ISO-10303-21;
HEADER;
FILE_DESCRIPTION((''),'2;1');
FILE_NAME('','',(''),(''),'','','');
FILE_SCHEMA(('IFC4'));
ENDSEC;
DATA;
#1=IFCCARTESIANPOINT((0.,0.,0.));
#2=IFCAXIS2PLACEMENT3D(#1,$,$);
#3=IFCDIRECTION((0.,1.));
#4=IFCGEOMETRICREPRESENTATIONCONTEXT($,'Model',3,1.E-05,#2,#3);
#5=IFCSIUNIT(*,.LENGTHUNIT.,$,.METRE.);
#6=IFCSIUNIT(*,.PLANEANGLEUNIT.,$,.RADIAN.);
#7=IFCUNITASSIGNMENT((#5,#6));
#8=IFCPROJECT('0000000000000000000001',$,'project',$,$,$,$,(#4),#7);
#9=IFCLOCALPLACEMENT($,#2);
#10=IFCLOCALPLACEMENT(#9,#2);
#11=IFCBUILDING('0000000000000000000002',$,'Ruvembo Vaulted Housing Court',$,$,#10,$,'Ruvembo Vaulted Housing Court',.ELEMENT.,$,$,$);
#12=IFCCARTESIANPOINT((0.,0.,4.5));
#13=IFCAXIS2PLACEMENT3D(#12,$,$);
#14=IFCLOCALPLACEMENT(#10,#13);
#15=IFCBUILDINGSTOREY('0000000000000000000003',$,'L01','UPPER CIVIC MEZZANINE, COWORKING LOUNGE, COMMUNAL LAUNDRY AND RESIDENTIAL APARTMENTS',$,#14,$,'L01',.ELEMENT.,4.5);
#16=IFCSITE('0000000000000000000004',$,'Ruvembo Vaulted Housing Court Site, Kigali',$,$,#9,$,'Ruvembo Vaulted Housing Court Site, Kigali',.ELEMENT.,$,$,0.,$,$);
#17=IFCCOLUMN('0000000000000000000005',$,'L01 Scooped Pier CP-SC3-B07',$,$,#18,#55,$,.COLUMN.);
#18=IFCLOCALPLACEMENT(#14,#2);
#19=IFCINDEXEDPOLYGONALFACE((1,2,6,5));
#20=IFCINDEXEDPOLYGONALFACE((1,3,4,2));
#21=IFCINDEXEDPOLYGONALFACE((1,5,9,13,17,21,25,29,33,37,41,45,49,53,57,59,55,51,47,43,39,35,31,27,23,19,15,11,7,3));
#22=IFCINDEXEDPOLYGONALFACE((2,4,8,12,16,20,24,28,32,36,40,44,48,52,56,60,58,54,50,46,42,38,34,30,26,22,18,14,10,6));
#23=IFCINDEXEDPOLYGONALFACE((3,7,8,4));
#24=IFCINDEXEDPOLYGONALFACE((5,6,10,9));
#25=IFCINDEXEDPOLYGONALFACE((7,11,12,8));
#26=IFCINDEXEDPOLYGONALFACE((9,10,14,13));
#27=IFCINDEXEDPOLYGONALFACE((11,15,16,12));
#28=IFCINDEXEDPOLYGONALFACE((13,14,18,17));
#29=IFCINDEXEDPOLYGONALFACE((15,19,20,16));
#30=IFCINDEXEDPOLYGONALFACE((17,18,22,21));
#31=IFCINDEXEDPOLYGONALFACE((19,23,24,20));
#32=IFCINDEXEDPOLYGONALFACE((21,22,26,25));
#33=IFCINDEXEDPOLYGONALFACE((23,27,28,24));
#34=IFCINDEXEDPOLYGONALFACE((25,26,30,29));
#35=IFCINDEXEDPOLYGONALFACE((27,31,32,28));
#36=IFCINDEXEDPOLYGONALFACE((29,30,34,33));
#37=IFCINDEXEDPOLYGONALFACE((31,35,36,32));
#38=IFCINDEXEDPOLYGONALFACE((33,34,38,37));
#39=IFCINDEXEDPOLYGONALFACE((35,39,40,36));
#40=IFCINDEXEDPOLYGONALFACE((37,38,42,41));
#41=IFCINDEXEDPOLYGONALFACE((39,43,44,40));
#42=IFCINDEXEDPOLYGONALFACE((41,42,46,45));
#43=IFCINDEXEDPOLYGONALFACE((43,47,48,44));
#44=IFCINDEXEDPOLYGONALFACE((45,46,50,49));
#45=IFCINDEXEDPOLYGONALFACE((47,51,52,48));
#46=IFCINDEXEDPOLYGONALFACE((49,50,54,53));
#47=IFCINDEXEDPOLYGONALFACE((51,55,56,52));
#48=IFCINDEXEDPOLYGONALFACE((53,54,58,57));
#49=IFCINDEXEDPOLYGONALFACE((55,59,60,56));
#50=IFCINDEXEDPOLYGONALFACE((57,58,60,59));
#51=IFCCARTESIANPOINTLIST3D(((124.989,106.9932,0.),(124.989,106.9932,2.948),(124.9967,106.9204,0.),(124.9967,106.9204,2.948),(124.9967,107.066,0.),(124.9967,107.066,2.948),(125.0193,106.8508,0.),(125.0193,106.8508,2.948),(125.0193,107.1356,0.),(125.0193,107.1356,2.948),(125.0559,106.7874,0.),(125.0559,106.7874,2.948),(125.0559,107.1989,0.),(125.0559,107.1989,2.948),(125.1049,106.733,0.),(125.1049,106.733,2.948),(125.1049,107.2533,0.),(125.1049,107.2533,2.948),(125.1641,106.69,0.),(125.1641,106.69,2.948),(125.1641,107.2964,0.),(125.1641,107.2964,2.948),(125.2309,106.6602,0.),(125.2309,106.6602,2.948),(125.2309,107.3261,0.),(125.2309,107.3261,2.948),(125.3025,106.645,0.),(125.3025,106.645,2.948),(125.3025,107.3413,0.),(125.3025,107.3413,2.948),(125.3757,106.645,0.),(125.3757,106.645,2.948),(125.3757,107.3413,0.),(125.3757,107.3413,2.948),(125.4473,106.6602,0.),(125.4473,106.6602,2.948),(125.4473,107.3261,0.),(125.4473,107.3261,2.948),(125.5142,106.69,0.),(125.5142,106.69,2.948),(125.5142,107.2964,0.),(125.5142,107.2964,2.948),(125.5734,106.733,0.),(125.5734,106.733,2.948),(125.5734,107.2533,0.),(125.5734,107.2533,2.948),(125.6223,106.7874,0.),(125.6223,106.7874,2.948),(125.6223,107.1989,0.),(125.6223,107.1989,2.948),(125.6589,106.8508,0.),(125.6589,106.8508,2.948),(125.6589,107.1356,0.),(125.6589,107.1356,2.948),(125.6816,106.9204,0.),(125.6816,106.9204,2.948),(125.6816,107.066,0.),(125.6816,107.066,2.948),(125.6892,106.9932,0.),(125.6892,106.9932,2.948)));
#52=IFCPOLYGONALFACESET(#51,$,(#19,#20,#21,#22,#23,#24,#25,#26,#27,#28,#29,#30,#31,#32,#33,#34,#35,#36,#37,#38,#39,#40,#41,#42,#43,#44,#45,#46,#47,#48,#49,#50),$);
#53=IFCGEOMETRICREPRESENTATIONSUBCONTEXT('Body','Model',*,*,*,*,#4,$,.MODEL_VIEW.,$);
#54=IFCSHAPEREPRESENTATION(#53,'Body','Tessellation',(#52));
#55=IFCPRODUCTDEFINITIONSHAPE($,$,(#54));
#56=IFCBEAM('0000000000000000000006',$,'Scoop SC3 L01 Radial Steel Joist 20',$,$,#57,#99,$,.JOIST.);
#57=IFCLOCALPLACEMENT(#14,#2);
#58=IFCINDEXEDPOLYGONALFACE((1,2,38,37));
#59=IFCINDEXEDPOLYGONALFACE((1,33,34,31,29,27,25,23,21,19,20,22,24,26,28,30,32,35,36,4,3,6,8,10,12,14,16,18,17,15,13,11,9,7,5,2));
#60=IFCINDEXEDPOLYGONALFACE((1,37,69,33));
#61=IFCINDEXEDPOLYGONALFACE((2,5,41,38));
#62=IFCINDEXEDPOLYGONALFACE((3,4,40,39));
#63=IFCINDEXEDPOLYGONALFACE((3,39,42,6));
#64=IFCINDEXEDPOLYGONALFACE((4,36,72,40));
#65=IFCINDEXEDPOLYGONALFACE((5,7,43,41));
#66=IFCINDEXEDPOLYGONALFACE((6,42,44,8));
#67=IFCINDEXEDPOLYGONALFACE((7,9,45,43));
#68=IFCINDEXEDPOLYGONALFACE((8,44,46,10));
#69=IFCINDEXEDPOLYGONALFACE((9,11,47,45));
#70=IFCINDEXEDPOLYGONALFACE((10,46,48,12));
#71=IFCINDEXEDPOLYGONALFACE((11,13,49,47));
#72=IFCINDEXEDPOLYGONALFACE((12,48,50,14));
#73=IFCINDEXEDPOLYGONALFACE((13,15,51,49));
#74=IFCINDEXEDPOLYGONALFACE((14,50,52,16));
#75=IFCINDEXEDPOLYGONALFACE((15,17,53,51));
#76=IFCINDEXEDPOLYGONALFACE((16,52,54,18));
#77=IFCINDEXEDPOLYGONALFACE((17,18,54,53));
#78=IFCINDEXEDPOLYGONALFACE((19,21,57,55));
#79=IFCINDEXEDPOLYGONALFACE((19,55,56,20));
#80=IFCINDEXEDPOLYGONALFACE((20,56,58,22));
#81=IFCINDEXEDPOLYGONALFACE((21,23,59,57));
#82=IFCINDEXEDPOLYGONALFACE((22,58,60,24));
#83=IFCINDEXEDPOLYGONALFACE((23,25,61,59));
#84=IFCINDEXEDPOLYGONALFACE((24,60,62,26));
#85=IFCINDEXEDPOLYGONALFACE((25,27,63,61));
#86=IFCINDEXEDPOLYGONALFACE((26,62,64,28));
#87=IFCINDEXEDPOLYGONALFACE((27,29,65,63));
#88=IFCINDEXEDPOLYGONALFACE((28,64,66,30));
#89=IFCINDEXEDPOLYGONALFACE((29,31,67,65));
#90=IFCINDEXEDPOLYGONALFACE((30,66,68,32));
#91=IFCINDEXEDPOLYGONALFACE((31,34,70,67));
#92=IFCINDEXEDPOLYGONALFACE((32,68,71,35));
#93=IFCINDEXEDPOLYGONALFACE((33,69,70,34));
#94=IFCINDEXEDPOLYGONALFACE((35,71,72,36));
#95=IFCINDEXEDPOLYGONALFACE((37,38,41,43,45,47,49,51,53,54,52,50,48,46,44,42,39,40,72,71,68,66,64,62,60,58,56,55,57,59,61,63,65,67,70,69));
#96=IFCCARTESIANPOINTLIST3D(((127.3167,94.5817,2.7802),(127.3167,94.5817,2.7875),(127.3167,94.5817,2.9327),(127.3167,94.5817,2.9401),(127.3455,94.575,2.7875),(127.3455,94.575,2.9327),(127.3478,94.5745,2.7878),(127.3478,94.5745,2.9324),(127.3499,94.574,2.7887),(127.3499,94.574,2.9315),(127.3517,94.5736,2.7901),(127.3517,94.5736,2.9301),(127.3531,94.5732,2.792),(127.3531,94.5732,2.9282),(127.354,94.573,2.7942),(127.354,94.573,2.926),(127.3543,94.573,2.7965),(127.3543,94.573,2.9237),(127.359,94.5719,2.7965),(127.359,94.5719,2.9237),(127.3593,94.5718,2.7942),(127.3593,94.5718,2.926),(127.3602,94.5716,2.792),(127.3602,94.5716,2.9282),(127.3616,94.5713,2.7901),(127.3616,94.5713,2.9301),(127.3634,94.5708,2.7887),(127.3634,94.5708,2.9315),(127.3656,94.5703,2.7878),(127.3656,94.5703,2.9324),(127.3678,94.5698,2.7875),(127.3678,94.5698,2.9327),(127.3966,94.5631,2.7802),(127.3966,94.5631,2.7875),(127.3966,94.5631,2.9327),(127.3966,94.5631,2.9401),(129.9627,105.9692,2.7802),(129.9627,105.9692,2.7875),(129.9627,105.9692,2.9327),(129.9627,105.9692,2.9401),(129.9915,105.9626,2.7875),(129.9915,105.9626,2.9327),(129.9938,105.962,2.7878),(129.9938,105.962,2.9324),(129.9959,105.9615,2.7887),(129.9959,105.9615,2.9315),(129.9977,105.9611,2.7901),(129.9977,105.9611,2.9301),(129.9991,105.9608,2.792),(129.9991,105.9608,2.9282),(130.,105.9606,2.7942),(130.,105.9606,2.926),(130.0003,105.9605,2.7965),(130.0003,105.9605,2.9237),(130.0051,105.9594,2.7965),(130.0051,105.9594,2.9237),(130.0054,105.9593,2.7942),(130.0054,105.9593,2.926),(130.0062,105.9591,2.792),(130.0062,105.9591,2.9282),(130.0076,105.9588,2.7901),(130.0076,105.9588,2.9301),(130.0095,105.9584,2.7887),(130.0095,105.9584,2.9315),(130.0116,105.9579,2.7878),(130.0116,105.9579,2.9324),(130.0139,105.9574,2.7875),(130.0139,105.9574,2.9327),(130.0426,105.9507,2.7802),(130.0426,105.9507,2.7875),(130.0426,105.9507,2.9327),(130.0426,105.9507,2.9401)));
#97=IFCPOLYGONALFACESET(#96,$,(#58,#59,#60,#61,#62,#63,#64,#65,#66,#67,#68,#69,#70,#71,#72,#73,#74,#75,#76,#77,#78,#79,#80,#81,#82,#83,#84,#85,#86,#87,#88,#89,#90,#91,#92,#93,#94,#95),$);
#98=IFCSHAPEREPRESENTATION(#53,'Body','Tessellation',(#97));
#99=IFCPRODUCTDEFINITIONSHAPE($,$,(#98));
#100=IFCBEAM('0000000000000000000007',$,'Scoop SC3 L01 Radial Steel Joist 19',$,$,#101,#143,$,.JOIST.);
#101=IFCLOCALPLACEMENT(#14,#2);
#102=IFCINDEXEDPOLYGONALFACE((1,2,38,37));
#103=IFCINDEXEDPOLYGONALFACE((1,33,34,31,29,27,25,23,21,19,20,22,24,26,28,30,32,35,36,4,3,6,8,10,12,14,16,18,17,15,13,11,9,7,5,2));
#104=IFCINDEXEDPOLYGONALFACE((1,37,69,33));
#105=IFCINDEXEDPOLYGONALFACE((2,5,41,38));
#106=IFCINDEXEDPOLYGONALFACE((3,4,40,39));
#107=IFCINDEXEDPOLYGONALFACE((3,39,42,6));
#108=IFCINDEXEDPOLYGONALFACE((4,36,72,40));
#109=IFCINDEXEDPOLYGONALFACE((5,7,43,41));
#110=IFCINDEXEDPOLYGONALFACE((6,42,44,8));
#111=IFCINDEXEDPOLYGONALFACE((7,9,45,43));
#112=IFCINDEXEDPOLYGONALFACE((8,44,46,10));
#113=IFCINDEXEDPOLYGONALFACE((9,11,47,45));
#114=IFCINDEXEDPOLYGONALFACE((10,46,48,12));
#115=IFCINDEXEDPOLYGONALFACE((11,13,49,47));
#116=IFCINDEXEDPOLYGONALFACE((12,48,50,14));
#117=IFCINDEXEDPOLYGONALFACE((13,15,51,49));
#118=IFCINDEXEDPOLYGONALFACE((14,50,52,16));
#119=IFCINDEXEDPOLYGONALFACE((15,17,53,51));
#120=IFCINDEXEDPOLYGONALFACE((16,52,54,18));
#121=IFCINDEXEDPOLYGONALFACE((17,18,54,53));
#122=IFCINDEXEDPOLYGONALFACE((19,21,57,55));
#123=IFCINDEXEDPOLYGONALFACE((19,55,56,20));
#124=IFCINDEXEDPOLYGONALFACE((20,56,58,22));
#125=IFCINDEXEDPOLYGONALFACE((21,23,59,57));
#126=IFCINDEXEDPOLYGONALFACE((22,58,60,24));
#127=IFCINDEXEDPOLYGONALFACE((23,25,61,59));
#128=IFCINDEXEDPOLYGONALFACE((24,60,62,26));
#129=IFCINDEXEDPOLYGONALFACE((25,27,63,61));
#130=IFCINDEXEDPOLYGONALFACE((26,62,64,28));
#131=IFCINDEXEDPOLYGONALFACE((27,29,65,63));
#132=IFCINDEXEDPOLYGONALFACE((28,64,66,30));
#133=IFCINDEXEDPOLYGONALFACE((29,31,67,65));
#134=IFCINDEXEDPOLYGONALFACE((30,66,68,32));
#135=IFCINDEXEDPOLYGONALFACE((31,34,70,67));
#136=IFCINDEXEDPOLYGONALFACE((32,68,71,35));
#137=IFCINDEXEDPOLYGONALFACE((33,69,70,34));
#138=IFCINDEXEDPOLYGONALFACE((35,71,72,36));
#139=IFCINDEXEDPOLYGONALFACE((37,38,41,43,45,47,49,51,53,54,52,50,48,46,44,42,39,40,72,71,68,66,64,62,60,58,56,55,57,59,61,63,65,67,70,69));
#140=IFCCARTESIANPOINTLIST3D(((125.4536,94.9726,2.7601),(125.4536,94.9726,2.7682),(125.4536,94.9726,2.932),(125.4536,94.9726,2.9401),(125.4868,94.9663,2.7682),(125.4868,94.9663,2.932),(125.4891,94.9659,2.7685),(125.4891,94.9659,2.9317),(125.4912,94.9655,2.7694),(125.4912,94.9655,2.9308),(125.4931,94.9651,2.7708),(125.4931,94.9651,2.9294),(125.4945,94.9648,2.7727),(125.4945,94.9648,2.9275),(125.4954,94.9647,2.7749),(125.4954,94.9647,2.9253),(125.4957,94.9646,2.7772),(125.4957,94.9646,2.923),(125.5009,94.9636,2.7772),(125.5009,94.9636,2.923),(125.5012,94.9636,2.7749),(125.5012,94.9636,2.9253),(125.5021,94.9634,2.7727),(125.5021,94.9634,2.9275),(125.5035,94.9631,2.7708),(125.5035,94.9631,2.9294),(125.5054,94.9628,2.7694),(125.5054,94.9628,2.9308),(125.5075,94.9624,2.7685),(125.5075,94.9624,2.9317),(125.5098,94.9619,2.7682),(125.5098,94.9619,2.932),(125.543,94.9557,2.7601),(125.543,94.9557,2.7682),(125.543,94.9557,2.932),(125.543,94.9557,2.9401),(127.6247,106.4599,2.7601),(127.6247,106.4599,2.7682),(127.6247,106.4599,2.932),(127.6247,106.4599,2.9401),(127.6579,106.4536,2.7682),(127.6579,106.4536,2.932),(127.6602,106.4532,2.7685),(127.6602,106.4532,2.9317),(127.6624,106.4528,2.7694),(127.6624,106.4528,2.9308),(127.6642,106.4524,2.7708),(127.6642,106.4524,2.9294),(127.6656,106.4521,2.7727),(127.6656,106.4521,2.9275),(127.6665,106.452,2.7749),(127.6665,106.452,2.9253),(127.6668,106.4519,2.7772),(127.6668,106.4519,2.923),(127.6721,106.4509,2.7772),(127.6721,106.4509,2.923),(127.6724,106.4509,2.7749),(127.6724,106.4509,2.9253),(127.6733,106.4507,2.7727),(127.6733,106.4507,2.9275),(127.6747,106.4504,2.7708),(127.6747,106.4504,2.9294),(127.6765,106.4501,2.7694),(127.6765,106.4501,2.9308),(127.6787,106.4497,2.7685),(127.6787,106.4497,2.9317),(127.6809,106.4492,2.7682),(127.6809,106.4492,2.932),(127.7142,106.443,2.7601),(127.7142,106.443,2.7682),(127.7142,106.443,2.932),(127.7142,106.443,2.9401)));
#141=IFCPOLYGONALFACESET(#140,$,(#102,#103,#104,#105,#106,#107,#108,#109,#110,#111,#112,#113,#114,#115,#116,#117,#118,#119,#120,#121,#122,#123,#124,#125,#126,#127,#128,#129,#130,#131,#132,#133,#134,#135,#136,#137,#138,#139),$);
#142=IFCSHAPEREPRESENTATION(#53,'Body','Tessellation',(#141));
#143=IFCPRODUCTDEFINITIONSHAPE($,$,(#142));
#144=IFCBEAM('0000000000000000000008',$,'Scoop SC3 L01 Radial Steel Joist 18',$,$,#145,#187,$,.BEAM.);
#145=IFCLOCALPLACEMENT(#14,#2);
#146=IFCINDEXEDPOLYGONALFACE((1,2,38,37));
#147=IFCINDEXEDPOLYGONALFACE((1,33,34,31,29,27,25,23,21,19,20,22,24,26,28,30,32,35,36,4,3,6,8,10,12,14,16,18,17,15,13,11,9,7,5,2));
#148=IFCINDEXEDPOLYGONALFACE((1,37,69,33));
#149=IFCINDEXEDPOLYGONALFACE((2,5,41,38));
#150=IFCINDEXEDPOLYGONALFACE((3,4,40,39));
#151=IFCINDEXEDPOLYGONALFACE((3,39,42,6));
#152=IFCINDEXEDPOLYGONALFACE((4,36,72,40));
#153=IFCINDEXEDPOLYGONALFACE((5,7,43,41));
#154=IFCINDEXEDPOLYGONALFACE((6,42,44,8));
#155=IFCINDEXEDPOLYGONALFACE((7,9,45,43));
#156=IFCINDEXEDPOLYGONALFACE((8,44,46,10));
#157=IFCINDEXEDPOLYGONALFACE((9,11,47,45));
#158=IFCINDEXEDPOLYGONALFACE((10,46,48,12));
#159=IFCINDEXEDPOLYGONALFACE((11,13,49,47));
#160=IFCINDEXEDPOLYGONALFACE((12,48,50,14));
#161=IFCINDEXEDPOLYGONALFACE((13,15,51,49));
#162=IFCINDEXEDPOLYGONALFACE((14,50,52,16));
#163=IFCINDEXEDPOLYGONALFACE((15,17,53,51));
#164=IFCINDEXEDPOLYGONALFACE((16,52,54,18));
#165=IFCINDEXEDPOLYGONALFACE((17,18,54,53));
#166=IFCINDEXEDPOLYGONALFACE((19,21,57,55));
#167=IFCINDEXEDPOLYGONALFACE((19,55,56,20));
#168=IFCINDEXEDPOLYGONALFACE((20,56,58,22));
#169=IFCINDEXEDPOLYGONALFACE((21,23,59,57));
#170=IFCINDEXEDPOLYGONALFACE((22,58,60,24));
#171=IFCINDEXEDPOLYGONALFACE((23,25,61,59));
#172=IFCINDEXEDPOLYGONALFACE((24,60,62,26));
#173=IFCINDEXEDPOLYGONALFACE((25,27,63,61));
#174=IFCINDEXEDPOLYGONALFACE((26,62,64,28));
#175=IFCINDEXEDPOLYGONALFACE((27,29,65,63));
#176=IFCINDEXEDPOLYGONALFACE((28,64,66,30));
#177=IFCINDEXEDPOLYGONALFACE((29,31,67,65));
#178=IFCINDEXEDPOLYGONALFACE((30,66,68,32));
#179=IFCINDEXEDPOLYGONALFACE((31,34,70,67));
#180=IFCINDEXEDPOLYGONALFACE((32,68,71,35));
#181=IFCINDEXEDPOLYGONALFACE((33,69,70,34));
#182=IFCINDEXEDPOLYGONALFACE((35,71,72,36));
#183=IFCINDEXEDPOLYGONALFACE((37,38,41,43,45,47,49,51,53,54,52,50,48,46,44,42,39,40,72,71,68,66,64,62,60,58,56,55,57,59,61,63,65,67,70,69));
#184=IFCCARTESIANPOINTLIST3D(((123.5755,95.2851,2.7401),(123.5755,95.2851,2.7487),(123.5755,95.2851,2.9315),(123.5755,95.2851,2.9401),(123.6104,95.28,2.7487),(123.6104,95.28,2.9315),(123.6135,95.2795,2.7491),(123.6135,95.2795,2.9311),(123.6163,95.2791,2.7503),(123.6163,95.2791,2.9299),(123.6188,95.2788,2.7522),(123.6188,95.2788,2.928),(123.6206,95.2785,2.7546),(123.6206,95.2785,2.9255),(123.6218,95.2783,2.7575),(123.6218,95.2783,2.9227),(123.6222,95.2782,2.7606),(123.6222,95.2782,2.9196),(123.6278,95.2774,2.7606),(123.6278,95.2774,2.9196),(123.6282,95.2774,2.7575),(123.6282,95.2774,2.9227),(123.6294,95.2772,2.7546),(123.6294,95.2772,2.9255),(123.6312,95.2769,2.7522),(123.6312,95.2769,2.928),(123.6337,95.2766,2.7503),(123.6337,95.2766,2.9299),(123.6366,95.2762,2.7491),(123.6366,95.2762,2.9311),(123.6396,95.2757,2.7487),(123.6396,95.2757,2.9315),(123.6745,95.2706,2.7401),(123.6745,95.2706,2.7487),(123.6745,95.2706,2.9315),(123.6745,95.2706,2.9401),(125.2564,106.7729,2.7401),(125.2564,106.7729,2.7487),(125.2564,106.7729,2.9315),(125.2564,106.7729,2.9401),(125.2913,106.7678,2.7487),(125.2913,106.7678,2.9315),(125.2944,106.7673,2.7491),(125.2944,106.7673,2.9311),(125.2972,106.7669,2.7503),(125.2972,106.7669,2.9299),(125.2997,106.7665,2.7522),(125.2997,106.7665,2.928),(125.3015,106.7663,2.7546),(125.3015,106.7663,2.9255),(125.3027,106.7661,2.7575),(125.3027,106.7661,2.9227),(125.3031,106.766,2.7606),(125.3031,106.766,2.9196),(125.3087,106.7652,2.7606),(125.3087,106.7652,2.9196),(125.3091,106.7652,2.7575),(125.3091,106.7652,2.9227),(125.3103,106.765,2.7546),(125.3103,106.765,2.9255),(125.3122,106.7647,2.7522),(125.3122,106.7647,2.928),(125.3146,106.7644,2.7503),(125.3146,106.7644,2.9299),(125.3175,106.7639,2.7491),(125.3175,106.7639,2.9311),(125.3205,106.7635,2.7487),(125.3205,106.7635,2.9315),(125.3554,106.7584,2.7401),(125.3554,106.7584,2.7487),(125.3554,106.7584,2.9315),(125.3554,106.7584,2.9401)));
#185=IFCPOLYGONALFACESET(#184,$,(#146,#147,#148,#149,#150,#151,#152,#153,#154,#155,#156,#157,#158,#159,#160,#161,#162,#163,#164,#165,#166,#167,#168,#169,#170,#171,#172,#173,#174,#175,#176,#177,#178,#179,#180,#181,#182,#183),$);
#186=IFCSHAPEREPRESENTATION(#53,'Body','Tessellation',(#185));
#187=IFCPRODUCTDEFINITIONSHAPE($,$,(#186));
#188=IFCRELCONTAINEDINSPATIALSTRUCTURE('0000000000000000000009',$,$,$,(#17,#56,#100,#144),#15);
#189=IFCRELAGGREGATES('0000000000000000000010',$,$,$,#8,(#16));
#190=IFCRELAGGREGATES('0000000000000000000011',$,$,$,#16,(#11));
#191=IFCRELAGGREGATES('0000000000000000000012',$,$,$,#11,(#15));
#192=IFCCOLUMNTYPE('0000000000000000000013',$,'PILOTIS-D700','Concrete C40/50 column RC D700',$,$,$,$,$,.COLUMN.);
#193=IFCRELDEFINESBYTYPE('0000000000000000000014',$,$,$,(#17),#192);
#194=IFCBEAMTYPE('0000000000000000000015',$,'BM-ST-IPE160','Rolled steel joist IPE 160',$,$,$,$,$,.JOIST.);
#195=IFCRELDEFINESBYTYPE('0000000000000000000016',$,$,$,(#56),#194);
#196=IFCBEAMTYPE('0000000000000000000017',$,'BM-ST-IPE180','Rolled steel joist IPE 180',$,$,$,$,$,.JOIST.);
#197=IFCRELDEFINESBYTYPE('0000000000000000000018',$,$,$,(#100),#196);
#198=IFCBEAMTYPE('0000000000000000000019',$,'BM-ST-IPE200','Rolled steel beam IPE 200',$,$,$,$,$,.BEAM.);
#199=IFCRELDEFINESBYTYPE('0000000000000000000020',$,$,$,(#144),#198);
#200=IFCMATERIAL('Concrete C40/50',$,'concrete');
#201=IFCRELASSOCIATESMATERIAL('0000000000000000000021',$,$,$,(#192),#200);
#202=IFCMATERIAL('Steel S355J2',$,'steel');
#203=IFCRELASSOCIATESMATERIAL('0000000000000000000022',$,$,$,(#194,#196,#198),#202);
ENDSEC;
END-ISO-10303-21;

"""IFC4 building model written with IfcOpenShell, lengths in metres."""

from ifc_helpers import new_model, si_unit, direction, frame, origin, origin_2d, place, context, subcontext, project, spatial, circle, i_section, extrude, material, material_profile, profile_set, type_object, element, save


model = new_model("IFC4")

# Units and contexts
model_context = context("Model", 3, precision=1e-05, world=origin(), true_north=direction((0.0, 1.0)))
body_context = subcontext(model_context, "Body", "Model", "MODEL_VIEW")
ifc_project = project(units=[si_unit("LENGTHUNIT", "METRE"), si_unit("PLANEANGLEUNIT", "RADIAN")], contexts=[model_context])

# Site, building, storey
site_placement = place(None, origin())
site = spatial("IfcSite", under=ifc_project, at=site_placement, Name="Ruvembo Vaulted Housing Court Site, Kigali", LongName="Ruvembo Vaulted Housing Court Site, Kigali", CompositionType="ELEMENT", RefElevation=0.0)
building_placement = place(site_placement, origin())
building = spatial("IfcBuilding", under=site, at=building_placement, Name="Ruvembo Vaulted Housing Court", LongName="Ruvembo Vaulted Housing Court", CompositionType="ELEMENT")
storey_placement = place(building_placement, frame((0.0, 0.0, 4.5)))
storey = spatial("IfcBuildingStorey", under=building, at=storey_placement, Name="L01", Description="UPPER CIVIC MEZZANINE, COWORKING LOUNGE, COMMUNAL LAUNDRY AND RESIDENTIAL APARTMENTS", LongName="L01", CompositionType="ELEMENT", Elevation=4.5)

# Column
ifc_material_1 = material(Name="Concrete C40/50", Category="concrete")
ifc_material_profile_1 = material_profile(ifc_material_1, circle(Radius=0.3501, at=origin_2d()), Name="RC D700")
ifc_profile_set_1 = profile_set([ifc_material_profile_1], Name="Concrete C40/50")
column_type = type_object("IfcColumnType", Name="PILOTIS-D700", Description="Concrete C40/50 column RC D700", PredefinedType="COLUMN", material=ifc_profile_set_1)
column_placement = place(storey_placement, frame((125.3391, 106.9932, 0.0), z_axis=(0.0, 0.0, 1.0), x_axis=(1.0, 0.0, 0.0)))
element("IfcColumn", 1, at=column_placement, inside=storey, type_object=column_type, Name="L01 Scooped Pier CP-SC3-B07", PredefinedType="COLUMN", context=body_context, shape_type="SweptSolid", body=[
    extrude(circle(Radius=0.3501, at=origin_2d()), origin(), (0.0, 0.0, 1.0), 2.948),
])

# Beams
ifc_material_2 = material(Name="Steel S355J2", Category="steel")
ifc_material_profile_2 = material_profile(ifc_material_2, i_section(OverallWidth=0.082, OverallDepth=0.1599, WebThickness=0.0049, FlangeThickness=0.0073, FilletRadius=0.009, at=origin_2d()), Name="IPE 160")
ifc_profile_set_2 = profile_set([ifc_material_profile_2], Name="Steel S355J2")
beam_type_1 = type_object("IfcBeamType", Name="BM-ST-IPE160", Description="Rolled steel joist IPE 160", PredefinedType="JOIST", material=ifc_profile_set_2)
beam_1_placement = place(storey_placement, frame((130.0027, 105.96, 2.8601), z_axis=(-0.226331, -0.97405, 0.0), x_axis=(0.97405, -0.226331, 0.0)))
element("IfcBeam", 2, at=beam_1_placement, inside=storey, type_object=beam_type_1, Name="Scoop SC3 L01 Radial Steel Joist 20", PredefinedType="JOIST", context=body_context, shape_type="SweptSolid", body=[
    extrude(i_section(OverallWidth=0.082, OverallDepth=0.1599, WebThickness=0.0049, FlangeThickness=0.0073, FilletRadius=0.009, at=origin_2d()), origin(), (0.0, 0.0, 1.0), 11.6909),
])
ifc_material_profile_3 = material_profile(ifc_material_2, i_section(OverallWidth=0.0911, OverallDepth=0.1799, WebThickness=0.0054, FlangeThickness=0.0081, FilletRadius=0.009, at=origin_2d()), Name="IPE 180")
ifc_profile_set_3 = profile_set([ifc_material_profile_3], Name="Steel S355J2")
beam_type_2 = type_object("IfcBeamType", Name="BM-ST-IPE180", Description="Rolled steel joist IPE 180", PredefinedType="JOIST", material=ifc_profile_set_3)
beam_2_placement = place(storey_placement, frame((127.6694, 106.4514, 2.8501), z_axis=(-0.185716, -0.982604, 0.0), x_axis=(0.982604, -0.185716, 0.0)))
element("IfcBeam", 3, at=beam_2_placement, inside=storey, type_object=beam_type_2, Name="Scoop SC3 L01 Radial Steel Joist 19", PredefinedType="JOIST", context=body_context, shape_type="SweptSolid", body=[
    extrude(i_section(OverallWidth=0.0911, OverallDepth=0.1799, WebThickness=0.0054, FlangeThickness=0.0081, FilletRadius=0.009, at=origin_2d()), origin(), (0.0, 0.0, 1.0), 11.6907),
])
ifc_material_profile_4 = material_profile(ifc_material_2, i_section(OverallWidth=0.1001, OverallDepth=0.2, WebThickness=0.0056, FlangeThickness=0.0085, FilletRadius=0.012, at=origin_2d()), Name="IPE 200")
ifc_profile_set_4 = profile_set([ifc_material_profile_4], Name="Steel S355J2")
beam_type_3 = type_object("IfcBeamType", Name="BM-ST-IPE200", Description="Rolled steel beam IPE 200", PredefinedType="BEAM", material=ifc_profile_set_4)
beam_3_placement = place(storey_placement, frame((125.3059, 106.7656, 2.8401), z_axis=(-0.14478, -0.989464, 0.0), x_axis=(0.989464, -0.14478, 0.0)))
element("IfcBeam", 4, at=beam_3_placement, inside=storey, type_object=beam_type_3, Name="Scoop SC3 L01 Radial Steel Joist 18", PredefinedType="BEAM", context=body_context, shape_type="SweptSolid", body=[
    extrude(i_section(OverallWidth=0.1001, OverallDepth=0.2, WebThickness=0.0056, FlangeThickness=0.0085, FilletRadius=0.012, at=origin_2d()), origin(), (0.0, 0.0, 1.0), 11.6101),
])

save(model, "model.ifc")
